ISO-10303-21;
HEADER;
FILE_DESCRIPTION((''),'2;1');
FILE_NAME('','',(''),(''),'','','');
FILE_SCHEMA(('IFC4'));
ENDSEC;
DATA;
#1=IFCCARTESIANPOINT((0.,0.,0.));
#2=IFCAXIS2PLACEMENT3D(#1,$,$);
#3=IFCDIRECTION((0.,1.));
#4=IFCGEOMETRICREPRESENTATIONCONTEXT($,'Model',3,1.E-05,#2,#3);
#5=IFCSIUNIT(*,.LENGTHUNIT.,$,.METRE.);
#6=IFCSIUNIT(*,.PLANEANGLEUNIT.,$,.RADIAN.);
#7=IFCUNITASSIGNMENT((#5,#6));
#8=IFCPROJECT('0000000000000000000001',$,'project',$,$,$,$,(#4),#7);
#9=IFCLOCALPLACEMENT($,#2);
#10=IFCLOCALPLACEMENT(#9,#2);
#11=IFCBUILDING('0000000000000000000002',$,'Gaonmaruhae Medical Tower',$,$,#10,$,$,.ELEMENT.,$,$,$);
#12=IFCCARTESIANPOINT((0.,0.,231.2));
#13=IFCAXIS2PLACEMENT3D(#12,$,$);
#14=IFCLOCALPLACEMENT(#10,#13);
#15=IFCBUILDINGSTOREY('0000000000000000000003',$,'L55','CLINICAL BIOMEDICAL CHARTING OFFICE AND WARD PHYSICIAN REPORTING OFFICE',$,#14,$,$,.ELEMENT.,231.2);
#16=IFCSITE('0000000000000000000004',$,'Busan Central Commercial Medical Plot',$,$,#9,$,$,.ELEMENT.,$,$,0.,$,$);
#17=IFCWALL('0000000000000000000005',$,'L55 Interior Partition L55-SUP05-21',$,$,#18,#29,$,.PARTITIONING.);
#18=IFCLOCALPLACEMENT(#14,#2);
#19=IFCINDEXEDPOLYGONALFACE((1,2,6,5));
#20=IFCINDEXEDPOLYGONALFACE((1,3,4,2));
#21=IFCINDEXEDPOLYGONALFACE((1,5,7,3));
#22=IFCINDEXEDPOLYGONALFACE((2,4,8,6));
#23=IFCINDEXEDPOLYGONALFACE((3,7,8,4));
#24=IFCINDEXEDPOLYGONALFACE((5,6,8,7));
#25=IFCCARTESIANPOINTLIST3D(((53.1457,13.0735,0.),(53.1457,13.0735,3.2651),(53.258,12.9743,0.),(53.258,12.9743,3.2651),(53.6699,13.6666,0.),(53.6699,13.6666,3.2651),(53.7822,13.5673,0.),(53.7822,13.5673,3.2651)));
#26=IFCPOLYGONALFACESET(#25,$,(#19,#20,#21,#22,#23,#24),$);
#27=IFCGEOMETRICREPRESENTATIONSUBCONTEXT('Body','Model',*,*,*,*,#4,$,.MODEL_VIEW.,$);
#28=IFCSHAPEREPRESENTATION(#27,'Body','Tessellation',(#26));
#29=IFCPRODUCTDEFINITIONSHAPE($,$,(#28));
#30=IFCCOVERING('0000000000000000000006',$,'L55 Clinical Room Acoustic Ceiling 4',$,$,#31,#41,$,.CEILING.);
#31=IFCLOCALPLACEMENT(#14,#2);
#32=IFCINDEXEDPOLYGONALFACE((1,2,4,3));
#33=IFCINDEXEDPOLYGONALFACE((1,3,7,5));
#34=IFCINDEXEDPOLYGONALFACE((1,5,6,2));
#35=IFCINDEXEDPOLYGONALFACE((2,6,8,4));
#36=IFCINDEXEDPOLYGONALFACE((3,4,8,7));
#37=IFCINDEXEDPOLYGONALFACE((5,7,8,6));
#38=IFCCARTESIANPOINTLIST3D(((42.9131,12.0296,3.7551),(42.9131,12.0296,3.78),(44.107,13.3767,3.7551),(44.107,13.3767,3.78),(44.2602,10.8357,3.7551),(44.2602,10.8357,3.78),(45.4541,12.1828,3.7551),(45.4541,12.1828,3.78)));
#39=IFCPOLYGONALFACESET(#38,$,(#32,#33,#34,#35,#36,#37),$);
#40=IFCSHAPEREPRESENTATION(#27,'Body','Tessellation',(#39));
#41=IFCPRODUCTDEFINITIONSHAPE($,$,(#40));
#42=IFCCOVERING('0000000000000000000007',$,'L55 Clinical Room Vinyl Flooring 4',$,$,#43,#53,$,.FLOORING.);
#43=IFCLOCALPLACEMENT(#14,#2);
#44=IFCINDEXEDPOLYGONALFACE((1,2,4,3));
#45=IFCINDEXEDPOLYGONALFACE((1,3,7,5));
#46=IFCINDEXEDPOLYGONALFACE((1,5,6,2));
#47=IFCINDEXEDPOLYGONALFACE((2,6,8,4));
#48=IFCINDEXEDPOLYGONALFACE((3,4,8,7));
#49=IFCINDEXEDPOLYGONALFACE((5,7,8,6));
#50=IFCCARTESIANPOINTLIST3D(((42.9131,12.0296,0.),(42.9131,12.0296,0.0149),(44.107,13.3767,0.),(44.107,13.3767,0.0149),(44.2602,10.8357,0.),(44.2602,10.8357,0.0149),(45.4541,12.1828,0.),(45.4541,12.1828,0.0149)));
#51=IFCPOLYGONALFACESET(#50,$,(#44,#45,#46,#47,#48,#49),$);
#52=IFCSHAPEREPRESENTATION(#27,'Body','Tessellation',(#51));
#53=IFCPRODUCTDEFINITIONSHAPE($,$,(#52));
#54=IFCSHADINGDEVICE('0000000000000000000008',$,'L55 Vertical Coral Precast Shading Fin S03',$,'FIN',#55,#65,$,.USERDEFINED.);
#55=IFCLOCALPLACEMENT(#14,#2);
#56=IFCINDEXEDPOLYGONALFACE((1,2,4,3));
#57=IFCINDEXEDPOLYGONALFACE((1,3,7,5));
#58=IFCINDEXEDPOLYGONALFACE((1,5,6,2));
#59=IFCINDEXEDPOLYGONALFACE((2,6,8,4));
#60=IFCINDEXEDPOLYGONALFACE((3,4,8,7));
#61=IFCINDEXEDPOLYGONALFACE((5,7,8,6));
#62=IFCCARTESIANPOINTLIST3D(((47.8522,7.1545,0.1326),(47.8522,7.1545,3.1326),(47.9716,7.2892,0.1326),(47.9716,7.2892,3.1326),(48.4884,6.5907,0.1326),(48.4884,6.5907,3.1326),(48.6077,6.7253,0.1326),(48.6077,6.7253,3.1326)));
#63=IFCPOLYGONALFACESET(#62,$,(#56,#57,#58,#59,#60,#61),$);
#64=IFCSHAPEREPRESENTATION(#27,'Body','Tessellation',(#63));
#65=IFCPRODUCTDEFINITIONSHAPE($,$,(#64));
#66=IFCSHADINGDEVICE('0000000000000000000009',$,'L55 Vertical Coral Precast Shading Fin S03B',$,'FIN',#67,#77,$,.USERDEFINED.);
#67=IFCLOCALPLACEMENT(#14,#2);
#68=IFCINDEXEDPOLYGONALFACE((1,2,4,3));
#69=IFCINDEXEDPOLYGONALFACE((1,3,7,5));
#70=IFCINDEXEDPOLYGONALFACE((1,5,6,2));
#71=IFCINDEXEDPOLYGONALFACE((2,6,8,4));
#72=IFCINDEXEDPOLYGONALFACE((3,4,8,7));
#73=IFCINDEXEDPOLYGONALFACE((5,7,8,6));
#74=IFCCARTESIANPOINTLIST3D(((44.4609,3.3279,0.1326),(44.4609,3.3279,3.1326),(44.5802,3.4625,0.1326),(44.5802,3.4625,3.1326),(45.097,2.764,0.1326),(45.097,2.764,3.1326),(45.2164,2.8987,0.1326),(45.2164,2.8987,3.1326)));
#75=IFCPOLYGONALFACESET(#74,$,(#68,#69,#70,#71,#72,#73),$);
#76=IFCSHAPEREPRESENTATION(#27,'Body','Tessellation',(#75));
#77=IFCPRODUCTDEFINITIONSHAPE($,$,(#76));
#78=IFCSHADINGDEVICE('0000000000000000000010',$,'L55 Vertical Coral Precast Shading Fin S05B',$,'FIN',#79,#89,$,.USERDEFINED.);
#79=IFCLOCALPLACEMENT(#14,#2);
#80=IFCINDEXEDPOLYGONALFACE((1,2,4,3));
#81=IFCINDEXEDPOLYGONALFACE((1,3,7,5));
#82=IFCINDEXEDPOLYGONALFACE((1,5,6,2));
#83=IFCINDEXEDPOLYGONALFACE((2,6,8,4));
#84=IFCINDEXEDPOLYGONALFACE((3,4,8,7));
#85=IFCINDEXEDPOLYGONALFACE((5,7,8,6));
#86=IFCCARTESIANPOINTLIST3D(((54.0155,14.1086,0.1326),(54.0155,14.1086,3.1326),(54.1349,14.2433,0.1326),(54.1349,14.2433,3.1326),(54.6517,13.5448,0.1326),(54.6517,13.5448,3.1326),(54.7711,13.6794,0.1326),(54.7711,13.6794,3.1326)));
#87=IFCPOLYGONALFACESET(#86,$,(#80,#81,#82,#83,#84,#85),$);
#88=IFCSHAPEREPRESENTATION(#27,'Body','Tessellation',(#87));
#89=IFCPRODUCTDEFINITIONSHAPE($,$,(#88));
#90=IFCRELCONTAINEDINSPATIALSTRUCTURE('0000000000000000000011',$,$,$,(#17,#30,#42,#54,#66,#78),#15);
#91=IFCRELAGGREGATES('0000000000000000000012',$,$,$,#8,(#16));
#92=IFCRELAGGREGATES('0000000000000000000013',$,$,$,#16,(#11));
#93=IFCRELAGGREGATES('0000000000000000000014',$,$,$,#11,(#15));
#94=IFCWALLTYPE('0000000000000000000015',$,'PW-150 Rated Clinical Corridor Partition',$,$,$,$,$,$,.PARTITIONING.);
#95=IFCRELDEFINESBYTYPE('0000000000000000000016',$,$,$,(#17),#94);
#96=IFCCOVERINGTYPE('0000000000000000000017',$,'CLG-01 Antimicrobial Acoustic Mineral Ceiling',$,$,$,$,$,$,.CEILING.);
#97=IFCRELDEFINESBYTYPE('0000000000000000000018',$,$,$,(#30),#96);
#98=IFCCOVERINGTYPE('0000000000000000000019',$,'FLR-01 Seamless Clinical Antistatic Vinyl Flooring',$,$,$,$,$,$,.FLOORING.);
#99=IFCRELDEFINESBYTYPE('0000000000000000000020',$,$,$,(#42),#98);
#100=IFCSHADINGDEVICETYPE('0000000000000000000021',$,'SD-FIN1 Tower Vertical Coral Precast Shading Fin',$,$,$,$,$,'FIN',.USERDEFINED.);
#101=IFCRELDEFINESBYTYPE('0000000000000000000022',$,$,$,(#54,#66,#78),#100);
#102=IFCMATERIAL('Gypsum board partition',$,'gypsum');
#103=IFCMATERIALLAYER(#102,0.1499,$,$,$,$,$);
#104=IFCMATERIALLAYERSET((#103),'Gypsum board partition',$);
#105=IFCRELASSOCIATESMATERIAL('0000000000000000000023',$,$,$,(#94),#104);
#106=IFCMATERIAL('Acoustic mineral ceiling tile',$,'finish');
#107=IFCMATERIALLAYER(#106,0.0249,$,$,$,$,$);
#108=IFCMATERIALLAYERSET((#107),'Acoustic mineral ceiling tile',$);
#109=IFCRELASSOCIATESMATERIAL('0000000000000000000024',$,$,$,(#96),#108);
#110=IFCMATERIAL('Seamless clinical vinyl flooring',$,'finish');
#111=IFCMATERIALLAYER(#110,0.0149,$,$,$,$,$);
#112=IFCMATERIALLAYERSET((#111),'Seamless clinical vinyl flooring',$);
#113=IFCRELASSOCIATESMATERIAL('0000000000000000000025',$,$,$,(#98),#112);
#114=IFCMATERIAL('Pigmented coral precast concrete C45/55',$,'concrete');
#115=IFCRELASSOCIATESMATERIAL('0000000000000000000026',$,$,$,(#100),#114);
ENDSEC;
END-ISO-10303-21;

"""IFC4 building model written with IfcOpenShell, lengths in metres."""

from ifc_helpers import new_model, si_unit, direction, frame, frame_2d, origin, origin_2d, place, context, subcontext, project, spatial, rectangle, extrude, material, layer, layer_set, type_object, element, save


model = new_model("IFC4")

# Units and contexts
model_context = context("Model", 3, precision=1e-05, world=origin(), true_north=direction((0.0, 1.0)))
body_context = subcontext(model_context, "Body", "Model", "MODEL_VIEW")
ifc_project = project(units=[si_unit("LENGTHUNIT", "METRE"), si_unit("PLANEANGLEUNIT", "RADIAN")], contexts=[model_context])

# Site, building, storey
site_placement = place(None, origin())
site = spatial("IfcSite", under=ifc_project, at=site_placement, Name="Busan Central Commercial Medical Plot", CompositionType="ELEMENT", RefElevation=0.0)
building_placement = place(site_placement, origin())
building = spatial("IfcBuilding", under=site, at=building_placement, Name="Gaonmaruhae Medical Tower", CompositionType="ELEMENT")
storey_placement = place(building_placement, frame((0.0, 0.0, 231.2)))
storey = spatial("IfcBuildingStorey", under=building, at=storey_placement, Name="L55", Description="CLINICAL BIOMEDICAL CHARTING OFFICE AND WARD PHYSICIAN REPORTING OFFICE", CompositionType="ELEMENT", Elevation=231.2)

# Wall
ifc_material_1 = material(Name="Gypsum board partition", Category="gypsum")
ifc_layer_1 = layer(ifc_material_1, 0.1499)
ifc_layer_set_1 = layer_set([ifc_layer_1], Name="Gypsum board partition")
wall_type_1 = type_object("IfcWallType", Name="PW-150 Rated Clinical Corridor Partition", PredefinedType="PARTITIONING", material=ifc_layer_set_1)
wall_1_placement = place(storey_placement, frame((53.7261, 13.6169, 0.0), z_axis=(0.0, 0.0, 1.0), x_axis=(-0.662274, -0.749261, 0.0)))
element("IfcWall", 1, at=wall_1_placement, inside=storey, type_object=wall_type_1, Name="L55 Interior Partition L55-SUP05-21", PredefinedType="PARTITIONING", context=body_context, shape_type="SweptSolid", body=[
    extrude(rectangle(XDim=0.7915, YDim=0.1499, at=frame_2d((0.3958, 0.0))), origin(), (0.0, 0.0, 1.0), 3.2651),
])

# Coverings
ifc_material_2 = material(Name="Acoustic mineral ceiling tile", Category="finish")
ifc_layer_2 = layer(ifc_material_2, 0.0249)
ifc_layer_set_2 = layer_set([ifc_layer_2], Name="Acoustic mineral ceiling tile")
covering_type_1 = type_object("IfcCoveringType", Name="CLG-01 Antimicrobial Acoustic Mineral Ceiling", PredefinedType="CEILING", material=ifc_layer_set_2)
covering_1_placement = place(storey_placement, frame((44.1836, 12.1062, 3.7551), z_axis=(0.0, 0.0, 1.0), x_axis=(0.663273, 0.748377, 0.0)))
element("IfcCovering", 2, at=covering_1_placement, inside=storey, type_object=covering_type_1, Name="L55 Clinical Room Acoustic Ceiling 4", PredefinedType="CEILING", context=body_context, shape_type="SweptSolid", body=[
    extrude(rectangle(XDim=1.8, YDim=1.8, at=origin_2d()), origin(), (0.0, 0.0, 1.0), 0.0249),
])
ifc_material_3 = material(Name="Seamless clinical vinyl flooring", Category="finish")
ifc_layer_3 = layer(ifc_material_3, 0.0149)
ifc_layer_set_3 = layer_set([ifc_layer_3], Name="Seamless clinical vinyl flooring")
covering_type_2 = type_object("IfcCoveringType", Name="FLR-01 Seamless Clinical Antistatic Vinyl Flooring", PredefinedType="FLOORING", material=ifc_layer_set_3)
covering_2_placement = place(storey_placement, frame((44.1836, 12.1062, 0.0), z_axis=(0.0, 0.0, 1.0), x_axis=(0.663273, 0.748377, 0.0)))
element("IfcCovering", 3, at=covering_2_placement, inside=storey, type_object=covering_type_2, Name="L55 Clinical Room Vinyl Flooring 4", PredefinedType="FLOORING", context=body_context, shape_type="SweptSolid", body=[
    extrude(rectangle(XDim=1.8, YDim=1.8, at=origin_2d()), origin(), (0.0, 0.0, 1.0), 0.0149),
])

# Shading devices
ifc_material_4 = material(Name="Pigmented coral precast concrete C45/55", Category="concrete")
shading_device_type = type_object("IfcShadingDeviceType", Name="SD-FIN1 Tower Vertical Coral Precast Shading Fin", ElementType="FIN", PredefinedType="USERDEFINED", material=ifc_material_4)
for number, where, z_axis, x_axis, name in (
    (4, (48.23, 6.9399, 0.1326), (0.0, 0.0, 1.0), (-0.663273, -0.748377, 0.0), "L55 Vertical Coral Precast Shading Fin S03"),
    (5, (44.8386, 3.1133, 0.1326), (0.0, 0.0, 1.0), (-0.663273, -0.748377, 0.0), "L55 Vertical Coral Precast Shading Fin S03B"),
    (6, (54.3933, 13.894, 0.1326), (0.0, 0.0, 1.0), (-0.663273, -0.748377, 0.0), "L55 Vertical Coral Precast Shading Fin S05B"),
):
    element("IfcShadingDevice", number, at=place(storey_placement, frame(where, z_axis=z_axis, x_axis=x_axis)), inside=storey, type_object=shading_device_type, Name=name, ObjectType="FIN", PredefinedType="USERDEFINED", context=body_context, shape_type="SweptSolid", body=[
        extrude(rectangle(XDim=0.1799, YDim=0.8501, at=origin_2d()), origin(), (0.0, 0.0, 1.0), 3.0),
    ])

save(model, "model.ifc")
